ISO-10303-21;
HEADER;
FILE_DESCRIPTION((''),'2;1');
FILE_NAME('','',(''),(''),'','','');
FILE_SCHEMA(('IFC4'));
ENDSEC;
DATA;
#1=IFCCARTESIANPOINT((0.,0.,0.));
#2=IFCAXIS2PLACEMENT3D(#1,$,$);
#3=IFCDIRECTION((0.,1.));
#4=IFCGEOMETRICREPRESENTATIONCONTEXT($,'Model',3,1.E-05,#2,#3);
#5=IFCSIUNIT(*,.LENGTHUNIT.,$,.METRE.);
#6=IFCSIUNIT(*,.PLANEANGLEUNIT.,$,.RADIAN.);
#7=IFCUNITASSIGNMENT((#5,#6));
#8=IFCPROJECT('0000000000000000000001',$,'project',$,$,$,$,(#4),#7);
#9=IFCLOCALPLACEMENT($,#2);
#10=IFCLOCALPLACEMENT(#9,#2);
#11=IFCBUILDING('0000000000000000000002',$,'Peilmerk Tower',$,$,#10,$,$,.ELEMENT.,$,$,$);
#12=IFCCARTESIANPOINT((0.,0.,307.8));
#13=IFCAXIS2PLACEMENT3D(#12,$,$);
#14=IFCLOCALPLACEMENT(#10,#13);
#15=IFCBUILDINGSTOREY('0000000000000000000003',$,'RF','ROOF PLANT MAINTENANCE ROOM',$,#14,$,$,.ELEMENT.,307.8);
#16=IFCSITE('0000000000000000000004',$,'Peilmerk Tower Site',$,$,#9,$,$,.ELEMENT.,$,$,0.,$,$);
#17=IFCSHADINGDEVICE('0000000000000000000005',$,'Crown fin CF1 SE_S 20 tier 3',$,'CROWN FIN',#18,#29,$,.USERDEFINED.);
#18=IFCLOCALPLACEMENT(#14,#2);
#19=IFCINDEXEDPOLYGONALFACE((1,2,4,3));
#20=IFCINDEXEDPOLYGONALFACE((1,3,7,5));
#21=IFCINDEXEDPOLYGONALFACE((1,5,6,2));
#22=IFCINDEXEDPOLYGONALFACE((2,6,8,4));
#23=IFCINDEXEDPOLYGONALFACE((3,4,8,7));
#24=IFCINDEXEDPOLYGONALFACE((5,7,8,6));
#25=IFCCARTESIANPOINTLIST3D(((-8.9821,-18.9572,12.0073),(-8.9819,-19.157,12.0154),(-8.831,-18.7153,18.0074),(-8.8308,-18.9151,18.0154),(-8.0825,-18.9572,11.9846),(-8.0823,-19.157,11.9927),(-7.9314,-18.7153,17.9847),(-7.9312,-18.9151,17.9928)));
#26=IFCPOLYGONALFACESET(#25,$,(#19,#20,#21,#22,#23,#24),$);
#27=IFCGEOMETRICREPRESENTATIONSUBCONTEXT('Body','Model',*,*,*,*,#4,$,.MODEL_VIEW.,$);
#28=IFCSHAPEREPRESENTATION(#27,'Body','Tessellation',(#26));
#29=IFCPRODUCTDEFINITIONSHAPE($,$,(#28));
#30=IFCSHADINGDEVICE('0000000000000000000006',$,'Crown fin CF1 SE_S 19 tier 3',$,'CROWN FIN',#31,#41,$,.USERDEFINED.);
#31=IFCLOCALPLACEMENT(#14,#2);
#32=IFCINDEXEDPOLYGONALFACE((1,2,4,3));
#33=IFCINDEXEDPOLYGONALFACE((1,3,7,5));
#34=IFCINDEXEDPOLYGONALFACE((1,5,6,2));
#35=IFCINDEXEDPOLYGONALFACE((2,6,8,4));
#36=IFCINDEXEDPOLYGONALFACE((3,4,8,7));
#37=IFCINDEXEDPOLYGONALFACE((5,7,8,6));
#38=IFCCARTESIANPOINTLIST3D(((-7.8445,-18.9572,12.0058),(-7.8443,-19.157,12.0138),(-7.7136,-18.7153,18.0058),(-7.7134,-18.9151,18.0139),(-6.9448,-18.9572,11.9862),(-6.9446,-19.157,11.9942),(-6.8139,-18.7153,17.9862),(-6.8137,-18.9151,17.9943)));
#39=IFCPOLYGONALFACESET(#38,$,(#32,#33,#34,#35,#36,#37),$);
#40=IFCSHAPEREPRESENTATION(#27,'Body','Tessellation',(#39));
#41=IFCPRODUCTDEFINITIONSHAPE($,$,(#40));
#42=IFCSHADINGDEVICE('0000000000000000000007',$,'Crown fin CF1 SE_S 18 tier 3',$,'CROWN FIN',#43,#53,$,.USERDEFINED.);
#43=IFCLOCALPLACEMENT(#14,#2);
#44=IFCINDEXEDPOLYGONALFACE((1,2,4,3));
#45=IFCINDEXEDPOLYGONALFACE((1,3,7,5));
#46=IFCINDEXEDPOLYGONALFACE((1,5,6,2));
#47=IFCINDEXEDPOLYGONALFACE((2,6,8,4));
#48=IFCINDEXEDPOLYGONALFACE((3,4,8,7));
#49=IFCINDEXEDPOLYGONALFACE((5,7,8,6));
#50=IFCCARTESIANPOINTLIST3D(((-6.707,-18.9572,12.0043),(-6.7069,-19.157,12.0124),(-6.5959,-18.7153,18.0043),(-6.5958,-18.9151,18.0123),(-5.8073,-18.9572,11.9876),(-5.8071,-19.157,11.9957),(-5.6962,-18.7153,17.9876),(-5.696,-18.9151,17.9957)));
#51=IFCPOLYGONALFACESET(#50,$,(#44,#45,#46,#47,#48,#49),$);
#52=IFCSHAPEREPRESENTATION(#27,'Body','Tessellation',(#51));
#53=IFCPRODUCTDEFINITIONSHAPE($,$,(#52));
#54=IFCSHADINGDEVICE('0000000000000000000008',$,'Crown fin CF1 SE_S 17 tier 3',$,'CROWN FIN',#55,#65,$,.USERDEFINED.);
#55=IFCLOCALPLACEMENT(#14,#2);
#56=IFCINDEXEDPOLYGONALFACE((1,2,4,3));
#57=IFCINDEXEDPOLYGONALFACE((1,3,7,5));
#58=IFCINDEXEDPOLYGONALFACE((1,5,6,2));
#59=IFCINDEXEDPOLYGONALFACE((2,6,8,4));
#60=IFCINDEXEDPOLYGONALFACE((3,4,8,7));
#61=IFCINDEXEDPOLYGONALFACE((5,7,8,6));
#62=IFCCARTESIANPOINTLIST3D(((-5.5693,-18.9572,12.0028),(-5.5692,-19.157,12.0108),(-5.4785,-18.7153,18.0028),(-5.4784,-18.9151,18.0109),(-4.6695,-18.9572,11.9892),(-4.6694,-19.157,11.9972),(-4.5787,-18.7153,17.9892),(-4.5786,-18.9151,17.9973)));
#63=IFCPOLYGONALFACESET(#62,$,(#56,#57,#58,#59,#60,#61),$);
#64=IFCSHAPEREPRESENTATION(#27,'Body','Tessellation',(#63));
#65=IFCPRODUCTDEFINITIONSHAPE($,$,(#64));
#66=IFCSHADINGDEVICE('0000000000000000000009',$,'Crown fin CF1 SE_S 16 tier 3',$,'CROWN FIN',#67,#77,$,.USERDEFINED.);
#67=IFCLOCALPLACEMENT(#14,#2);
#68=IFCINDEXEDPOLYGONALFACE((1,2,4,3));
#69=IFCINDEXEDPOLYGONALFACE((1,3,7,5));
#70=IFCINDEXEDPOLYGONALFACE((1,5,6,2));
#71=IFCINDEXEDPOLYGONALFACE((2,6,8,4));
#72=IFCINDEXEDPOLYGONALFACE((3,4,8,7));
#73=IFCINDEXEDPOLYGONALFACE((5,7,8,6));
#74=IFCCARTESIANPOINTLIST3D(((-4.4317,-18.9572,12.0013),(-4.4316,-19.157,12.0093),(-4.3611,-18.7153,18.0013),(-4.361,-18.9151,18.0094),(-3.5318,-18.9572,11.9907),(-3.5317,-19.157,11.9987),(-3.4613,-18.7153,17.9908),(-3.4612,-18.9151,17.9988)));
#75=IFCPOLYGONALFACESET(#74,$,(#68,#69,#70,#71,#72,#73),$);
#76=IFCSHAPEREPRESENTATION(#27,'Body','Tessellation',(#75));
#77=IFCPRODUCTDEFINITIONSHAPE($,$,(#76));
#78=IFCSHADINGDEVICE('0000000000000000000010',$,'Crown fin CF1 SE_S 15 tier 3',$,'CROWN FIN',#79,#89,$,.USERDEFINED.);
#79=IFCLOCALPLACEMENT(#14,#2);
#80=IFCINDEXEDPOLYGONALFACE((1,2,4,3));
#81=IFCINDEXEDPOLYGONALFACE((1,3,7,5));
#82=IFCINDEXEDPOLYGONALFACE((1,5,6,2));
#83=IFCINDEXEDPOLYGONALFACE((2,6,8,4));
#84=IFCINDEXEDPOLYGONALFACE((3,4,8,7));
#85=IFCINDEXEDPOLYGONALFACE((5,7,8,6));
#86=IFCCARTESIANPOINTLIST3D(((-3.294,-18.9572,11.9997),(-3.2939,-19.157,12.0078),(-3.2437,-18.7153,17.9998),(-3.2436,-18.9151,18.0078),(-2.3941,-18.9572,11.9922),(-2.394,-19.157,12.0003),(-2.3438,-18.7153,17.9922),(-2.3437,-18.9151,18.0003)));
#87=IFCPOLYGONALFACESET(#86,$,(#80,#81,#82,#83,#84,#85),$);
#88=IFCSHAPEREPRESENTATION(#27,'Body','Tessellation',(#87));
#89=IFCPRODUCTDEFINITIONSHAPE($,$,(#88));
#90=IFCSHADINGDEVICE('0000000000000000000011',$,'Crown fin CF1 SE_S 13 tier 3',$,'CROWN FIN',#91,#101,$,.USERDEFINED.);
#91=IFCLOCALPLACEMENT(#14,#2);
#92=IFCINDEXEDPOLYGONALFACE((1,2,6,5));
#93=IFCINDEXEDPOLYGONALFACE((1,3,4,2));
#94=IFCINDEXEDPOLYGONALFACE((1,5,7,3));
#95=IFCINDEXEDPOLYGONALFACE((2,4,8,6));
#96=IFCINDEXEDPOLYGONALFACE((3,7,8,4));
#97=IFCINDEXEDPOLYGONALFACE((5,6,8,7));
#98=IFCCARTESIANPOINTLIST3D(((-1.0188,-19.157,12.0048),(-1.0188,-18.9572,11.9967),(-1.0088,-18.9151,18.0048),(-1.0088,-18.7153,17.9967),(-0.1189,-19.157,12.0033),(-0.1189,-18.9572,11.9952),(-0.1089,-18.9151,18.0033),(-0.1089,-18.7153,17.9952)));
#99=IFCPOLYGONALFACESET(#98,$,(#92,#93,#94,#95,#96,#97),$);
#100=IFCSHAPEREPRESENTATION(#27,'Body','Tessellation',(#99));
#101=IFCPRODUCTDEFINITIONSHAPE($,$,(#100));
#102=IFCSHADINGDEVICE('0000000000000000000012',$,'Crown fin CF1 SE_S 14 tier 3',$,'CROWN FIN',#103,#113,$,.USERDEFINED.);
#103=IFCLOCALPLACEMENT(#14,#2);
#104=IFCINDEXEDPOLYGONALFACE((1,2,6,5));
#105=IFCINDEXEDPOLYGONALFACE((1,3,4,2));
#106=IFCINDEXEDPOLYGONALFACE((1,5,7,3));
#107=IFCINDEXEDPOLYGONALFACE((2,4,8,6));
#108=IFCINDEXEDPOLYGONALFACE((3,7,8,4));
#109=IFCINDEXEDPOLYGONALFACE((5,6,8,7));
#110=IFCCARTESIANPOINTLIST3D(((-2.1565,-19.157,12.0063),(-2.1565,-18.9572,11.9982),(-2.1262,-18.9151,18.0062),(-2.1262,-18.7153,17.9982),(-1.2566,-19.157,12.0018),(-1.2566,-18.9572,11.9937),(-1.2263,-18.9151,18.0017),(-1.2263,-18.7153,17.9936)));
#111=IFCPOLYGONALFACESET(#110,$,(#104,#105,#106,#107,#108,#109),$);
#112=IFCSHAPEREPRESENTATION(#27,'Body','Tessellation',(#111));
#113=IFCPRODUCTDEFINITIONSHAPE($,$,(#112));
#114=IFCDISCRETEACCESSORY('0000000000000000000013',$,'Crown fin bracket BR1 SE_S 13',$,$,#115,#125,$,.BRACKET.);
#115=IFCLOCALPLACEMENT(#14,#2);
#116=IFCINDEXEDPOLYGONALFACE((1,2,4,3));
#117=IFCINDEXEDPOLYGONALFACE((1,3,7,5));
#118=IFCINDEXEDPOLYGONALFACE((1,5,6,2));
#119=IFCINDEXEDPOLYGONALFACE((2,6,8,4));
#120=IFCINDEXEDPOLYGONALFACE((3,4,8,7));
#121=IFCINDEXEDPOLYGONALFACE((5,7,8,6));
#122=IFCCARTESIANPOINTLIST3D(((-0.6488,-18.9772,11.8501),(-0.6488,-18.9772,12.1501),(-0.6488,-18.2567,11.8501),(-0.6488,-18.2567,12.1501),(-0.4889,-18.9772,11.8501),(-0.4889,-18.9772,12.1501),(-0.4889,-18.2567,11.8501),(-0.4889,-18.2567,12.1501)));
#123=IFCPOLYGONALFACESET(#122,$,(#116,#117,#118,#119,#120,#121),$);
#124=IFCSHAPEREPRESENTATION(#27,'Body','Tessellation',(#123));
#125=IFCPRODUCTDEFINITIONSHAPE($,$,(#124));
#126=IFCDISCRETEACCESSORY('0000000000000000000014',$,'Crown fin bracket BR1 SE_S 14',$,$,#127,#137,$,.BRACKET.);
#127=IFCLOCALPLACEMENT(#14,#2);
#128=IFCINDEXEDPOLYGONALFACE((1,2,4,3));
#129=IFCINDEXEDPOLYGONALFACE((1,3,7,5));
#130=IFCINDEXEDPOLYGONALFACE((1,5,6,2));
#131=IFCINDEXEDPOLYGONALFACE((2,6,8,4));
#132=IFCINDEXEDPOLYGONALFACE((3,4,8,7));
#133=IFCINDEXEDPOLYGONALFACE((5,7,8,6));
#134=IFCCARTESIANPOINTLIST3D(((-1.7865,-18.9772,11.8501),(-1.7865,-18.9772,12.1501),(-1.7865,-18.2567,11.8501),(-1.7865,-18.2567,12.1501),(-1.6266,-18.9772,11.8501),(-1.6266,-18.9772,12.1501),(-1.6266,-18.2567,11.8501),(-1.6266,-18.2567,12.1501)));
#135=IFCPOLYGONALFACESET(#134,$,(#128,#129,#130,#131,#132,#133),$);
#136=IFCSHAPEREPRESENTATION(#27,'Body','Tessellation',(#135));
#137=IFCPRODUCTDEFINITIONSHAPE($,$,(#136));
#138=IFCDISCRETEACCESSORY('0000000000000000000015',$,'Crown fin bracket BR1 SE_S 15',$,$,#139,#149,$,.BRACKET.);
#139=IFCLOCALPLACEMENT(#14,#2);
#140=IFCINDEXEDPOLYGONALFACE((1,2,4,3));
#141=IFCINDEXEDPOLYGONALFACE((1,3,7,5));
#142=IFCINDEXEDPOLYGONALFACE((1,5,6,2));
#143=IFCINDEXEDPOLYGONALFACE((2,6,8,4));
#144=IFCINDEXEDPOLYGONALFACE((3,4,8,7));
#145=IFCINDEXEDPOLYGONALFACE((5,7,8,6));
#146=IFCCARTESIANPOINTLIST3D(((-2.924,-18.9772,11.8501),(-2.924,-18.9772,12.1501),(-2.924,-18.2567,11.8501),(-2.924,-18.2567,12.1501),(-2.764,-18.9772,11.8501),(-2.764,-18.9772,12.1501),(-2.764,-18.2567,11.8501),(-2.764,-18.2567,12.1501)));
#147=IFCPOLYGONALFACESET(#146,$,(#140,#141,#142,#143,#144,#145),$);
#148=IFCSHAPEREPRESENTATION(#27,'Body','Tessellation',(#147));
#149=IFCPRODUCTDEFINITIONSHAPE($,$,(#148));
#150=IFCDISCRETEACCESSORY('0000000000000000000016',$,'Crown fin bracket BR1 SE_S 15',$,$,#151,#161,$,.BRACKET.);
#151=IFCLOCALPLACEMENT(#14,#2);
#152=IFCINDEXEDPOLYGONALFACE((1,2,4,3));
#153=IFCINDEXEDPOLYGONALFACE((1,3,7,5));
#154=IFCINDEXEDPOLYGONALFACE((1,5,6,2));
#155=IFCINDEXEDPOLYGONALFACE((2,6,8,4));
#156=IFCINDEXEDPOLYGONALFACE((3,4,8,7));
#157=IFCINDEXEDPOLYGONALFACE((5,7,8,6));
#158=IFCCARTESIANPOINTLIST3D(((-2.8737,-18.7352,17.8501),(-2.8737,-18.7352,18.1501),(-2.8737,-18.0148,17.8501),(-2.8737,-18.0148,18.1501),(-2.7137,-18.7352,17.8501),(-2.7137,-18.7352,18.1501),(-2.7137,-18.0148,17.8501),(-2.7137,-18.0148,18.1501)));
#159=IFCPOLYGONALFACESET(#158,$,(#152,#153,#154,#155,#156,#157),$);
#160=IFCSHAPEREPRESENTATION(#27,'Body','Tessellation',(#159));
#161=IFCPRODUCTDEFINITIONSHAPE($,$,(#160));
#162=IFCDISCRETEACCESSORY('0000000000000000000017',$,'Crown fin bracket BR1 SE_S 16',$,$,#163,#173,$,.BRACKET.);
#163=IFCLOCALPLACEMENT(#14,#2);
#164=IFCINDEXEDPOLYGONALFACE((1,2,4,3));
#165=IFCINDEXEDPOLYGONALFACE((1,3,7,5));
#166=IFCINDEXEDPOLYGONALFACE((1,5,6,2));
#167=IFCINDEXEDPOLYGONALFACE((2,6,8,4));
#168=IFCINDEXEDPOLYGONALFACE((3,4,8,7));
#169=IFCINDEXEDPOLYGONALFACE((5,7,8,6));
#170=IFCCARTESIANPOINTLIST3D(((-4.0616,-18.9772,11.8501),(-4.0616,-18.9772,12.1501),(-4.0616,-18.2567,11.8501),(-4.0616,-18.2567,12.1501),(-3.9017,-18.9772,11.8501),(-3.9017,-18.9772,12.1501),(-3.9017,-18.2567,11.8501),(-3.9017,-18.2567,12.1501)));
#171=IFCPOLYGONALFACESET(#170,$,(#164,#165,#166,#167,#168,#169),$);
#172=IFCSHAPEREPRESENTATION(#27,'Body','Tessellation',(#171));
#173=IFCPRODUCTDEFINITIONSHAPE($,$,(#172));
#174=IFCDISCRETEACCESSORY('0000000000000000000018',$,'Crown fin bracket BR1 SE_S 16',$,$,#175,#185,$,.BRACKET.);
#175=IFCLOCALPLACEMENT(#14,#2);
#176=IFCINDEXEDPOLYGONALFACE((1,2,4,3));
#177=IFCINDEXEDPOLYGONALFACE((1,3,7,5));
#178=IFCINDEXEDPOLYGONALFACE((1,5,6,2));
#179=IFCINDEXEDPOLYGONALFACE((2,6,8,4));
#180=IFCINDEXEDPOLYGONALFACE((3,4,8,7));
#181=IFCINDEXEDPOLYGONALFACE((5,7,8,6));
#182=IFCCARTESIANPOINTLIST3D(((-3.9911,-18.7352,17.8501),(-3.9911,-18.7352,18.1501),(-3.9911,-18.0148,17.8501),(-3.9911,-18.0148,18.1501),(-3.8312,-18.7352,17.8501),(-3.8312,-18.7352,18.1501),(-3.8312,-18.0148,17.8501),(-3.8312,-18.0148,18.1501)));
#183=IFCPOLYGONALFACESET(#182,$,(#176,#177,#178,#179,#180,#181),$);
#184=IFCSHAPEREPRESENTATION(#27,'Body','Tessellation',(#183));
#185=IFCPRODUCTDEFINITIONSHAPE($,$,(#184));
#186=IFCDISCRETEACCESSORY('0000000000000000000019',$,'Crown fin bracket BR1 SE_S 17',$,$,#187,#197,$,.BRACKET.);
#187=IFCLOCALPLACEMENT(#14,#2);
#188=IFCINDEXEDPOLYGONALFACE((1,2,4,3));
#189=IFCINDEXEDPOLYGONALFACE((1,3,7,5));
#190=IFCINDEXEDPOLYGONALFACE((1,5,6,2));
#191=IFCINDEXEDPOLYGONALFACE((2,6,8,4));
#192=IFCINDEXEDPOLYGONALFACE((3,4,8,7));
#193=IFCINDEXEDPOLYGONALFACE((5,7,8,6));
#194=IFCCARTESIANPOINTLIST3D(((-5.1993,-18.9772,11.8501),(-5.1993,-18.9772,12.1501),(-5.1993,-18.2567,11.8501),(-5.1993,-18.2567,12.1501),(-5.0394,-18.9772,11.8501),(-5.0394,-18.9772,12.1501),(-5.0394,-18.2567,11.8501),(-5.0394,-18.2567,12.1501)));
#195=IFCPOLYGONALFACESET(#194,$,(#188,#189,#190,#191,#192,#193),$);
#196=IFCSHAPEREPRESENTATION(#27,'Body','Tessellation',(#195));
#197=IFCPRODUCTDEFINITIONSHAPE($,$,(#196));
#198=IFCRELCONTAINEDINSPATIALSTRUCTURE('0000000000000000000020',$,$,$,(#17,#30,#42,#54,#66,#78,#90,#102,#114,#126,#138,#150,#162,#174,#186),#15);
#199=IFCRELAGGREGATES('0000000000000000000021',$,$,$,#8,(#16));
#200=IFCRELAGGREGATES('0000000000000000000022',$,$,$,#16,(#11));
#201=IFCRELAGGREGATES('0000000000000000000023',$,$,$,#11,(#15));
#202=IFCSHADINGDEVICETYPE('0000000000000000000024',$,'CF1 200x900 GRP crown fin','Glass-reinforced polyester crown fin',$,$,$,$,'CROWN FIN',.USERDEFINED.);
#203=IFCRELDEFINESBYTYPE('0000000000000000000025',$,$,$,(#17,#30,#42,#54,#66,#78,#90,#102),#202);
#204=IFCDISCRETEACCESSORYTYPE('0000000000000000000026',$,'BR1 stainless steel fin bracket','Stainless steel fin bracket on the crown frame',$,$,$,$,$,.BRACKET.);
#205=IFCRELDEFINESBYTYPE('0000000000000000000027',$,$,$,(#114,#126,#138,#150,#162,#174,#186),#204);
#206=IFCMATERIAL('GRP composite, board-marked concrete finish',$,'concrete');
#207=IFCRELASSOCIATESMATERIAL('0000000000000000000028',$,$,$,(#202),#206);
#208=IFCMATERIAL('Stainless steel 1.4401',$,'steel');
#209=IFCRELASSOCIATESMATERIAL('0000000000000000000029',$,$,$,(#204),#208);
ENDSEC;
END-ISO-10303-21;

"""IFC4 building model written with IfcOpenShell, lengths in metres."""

from ifc_helpers import new_model, si_unit, direction, frame, origin, origin_2d, place, context, subcontext, project, spatial, rectangle, extrude, source, transform, mapped, material, material_profile, profile_set, type_object, element, save


model = new_model("IFC4")

# Units and contexts
model_context = context("Model", 3, precision=1e-05, world=origin(), true_north=direction((0.0, 1.0)))
body_context = subcontext(model_context, "Body", "Model", "MODEL_VIEW")
ifc_project = project(units=[si_unit("LENGTHUNIT", "METRE"), si_unit("PLANEANGLEUNIT", "RADIAN")], contexts=[model_context])

# Site, building, storey
site_placement = place(None, origin())
site = spatial("IfcSite", under=ifc_project, at=site_placement, Name="Peilmerk Tower Site", CompositionType="ELEMENT", RefElevation=0.0)
building_placement = place(site_placement, origin())
building = spatial("IfcBuilding", under=site, at=building_placement, Name="Peilmerk Tower", CompositionType="ELEMENT")
storey_placement = place(building_placement, frame((0.0, 0.0, 307.8)))
storey = spatial("IfcBuildingStorey", under=building, at=storey_placement, Name="RF", Description="ROOF PLANT MAINTENANCE ROOM", CompositionType="ELEMENT", Elevation=307.8)

# Shading devices
ifc_material_1 = material(Name="GRP composite, board-marked concrete finish", Category="concrete")
ifc_material_profile = material_profile(ifc_material_1, rectangle(XDim=0.2, YDim=0.8999, at=origin_2d()), Name="CF1 200x900")
ifc_profile_set = profile_set([ifc_material_profile], Name="GRP composite, board-marked concrete finish")
shading_device_type = type_object("IfcShadingDeviceType", Name="CF1 200x900 GRP crown fin", Description="Glass-reinforced polyester crown fin", ElementType="CROWN FIN", PredefinedType="USERDEFINED", material=ifc_profile_set)
shared_shape_1 = source(origin(), body_context, "Body", "SweptSolid", [
    extrude(rectangle(XDim=0.2, YDim=0.8999, at=origin_2d()), origin(), (0.0, 0.0, 1.0), 6.0068),
])
shading_device_1_placement = place(storey_placement, frame((-8.5322, -19.0571, 12.0), z_axis=(0.025159, 0.040278, 0.998872), x_axis=(0.001014, -0.999188, 0.040266)))
element("IfcShadingDevice", 1, at=shading_device_1_placement, inside=storey, type_object=shading_device_type, Name="Crown fin CF1 SE_S 20 tier 3", ObjectType="CROWN FIN", PredefinedType="USERDEFINED", context=body_context, shape_type="MappedRepresentation", body=[
    mapped(shared_shape_1, transform((0.0, 0.0, 0.0), scale=1.0)),
])
shared_shape_2 = source(origin(), body_context, "Body", "SweptSolid", [
    extrude(rectangle(XDim=0.2, YDim=0.8999, at=origin_2d()), origin(), (0.0, 0.0, 1.0), 6.0063),
])
shading_device_2_placement = place(storey_placement, frame((-7.3945, -19.0571, 12.0), z_axis=(0.021787, 0.040282, 0.998951), x_axis=(0.000878, -0.999188, 0.040272)))
element("IfcShadingDevice", 2, at=shading_device_2_placement, inside=storey, type_object=shading_device_type, Name="Crown fin CF1 SE_S 19 tier 3", ObjectType="CROWN FIN", PredefinedType="USERDEFINED", context=body_context, shape_type="MappedRepresentation", body=[
    mapped(shared_shape_2, transform((0.0, 0.0, 0.0), scale=1.0)),
])
shared_shape_3 = source(origin(), body_context, "Body", "SweptSolid", [
    extrude(rectangle(XDim=0.2, YDim=0.8999, at=origin_2d()), origin(), (0.0, 0.0, 1.0), 6.0059),
])
shading_device_3_placement = place(storey_placement, frame((-6.2571, -19.0571, 12.0), z_axis=(0.018496, 0.040284, 0.999017), x_axis=(0.000746, -0.999188, 0.040277)))
element("IfcShadingDevice", 3, at=shading_device_3_placement, inside=storey, type_object=shading_device_type, Name="Crown fin CF1 SE_S 18 tier 3", ObjectType="CROWN FIN", PredefinedType="USERDEFINED", context=body_context, shape_type="MappedRepresentation", body=[
    mapped(shared_shape_3, transform((0.0, 0.0, 0.0), scale=1.0)),
])
shared_shape_4 = source(origin(), body_context, "Body", "SweptSolid", [
    extrude(rectangle(XDim=0.2, YDim=0.8999, at=origin_2d()), origin(), (0.0, 0.0, 1.0), 6.0056),
])
shading_device_4_placement = place(storey_placement, frame((-5.1194, -19.0571, 12.0), z_axis=(0.015123, 0.040287, 0.999074), x_axis=(0.00061, -0.999188, 0.040282)))
element("IfcShadingDevice", 4, at=shading_device_4_placement, inside=storey, type_object=shading_device_type, Name="Crown fin CF1 SE_S 17 tier 3", ObjectType="CROWN FIN", PredefinedType="USERDEFINED", context=body_context, shape_type="MappedRepresentation", body=[
    mapped(shared_shape_4, transform((0.0, 0.0, 0.0), scale=1.0)),
])
shared_shape_5 = source(origin(), body_context, "Body", "SweptSolid", [
    extrude(rectangle(XDim=0.2, YDim=0.8999, at=origin_2d()), origin(), (0.0, 0.0, 1.0), 6.0054),
])
shading_device_5_placement = place(storey_placement, frame((-3.9817, -19.0571, 12.0), z_axis=(0.011749, 0.040288, 0.999119), x_axis=(0.000474, -0.999188, 0.040286)))
element("IfcShadingDevice", 5, at=shading_device_5_placement, inside=storey, type_object=shading_device_type, Name="Crown fin CF1 SE_S 16 tier 3", ObjectType="CROWN FIN", PredefinedType="USERDEFINED", context=body_context, shape_type="MappedRepresentation", body=[
    mapped(shared_shape_5, transform((0.0, 0.0, 0.0), scale=1.0)),
])
shared_shape_6 = source(origin(), body_context, "Body", "SweptSolid", [
    extrude(rectangle(XDim=0.2, YDim=0.8999, at=origin_2d()), origin(), (0.0, 0.0, 1.0), 6.0051),
])
shading_device_6_placement = place(storey_placement, frame((-2.844, -19.0571, 12.0), z_axis=(0.008375, 0.04029, 0.999153), x_axis=(0.000338, -0.999188, 0.040288)))
element("IfcShadingDevice", 6, at=shading_device_6_placement, inside=storey, type_object=shading_device_type, Name="Crown fin CF1 SE_S 15 tier 3", ObjectType="CROWN FIN", PredefinedType="USERDEFINED", context=body_context, shape_type="MappedRepresentation", body=[
    mapped(shared_shape_6, transform((0.0, 0.0, 0.0), scale=1.0)),
])
shared_shape_7 = source(origin(), body_context, "Body", "SweptSolid", [
    extrude(rectangle(XDim=0.2, YDim=0.8999, at=origin_2d()), origin(), (0.0, 0.0, 1.0), 6.0049),
])
for number, where, z_axis, x_axis, name in (
    (7, (-0.5688, -19.0571, 12.0), (0.001667, 0.040291, 0.999187), (0.000067, -0.999188, 0.040291), "Crown fin CF1 SE_S 13 tier 3"),
    (8, (-1.7065, -19.0571, 12.0), (0.005041, 0.040291, 0.999175), (0.000203, -0.999188, 0.04029), "Crown fin CF1 SE_S 14 tier 3"),
):
    element("IfcShadingDevice", number, at=place(storey_placement, frame(where, z_axis=z_axis, x_axis=x_axis)), inside=storey, type_object=shading_device_type, Name=name, ObjectType="CROWN FIN", PredefinedType="USERDEFINED", context=body_context, shape_type="MappedRepresentation", body=[
        mapped(shared_shape_7, transform((0.0, 0.0, 0.0), scale=1.0)),
    ])

# Discrete accessories
ifc_material_2 = material(Name="Stainless steel 1.4401", Category="steel")
discrete_accessory_type = type_object("IfcDiscreteAccessoryType", Name="BR1 stainless steel fin bracket", Description="Stainless steel fin bracket on the crown frame", PredefinedType="BRACKET", material=ifc_material_2)
shared_shape_8 = source(origin(), body_context, "Body", "SweptSolid", [
    extrude(rectangle(XDim=0.7205, YDim=0.1599, at=origin_2d()), origin(), (0.0, 0.0, 1.0), 0.3),
])
for number, where, z_axis, x_axis, name in (
    (9, (-0.5688, -18.6169, 11.8501), (0.0, 0.0, 1.0), (0.0, -1.0, 0.0), "Crown fin bracket BR1 SE_S 13"),
    (10, (-1.7065, -18.6169, 11.8501), (0.0, 0.0, 1.0), (0.0, -1.0, 0.0), "Crown fin bracket BR1 SE_S 14"),
    (11, (-2.844, -18.6169, 11.8501), (0.0, 0.0, 1.0), (0.0, -1.0, 0.0), "Crown fin bracket BR1 SE_S 15"),
    (12, (-2.7937, -18.375, 17.8501), (0.0, 0.0, 1.0), (0.0, -1.0, 0.0), "Crown fin bracket BR1 SE_S 15"),
    (13, (-3.9817, -18.6169, 11.8501), (0.0, 0.0, 1.0), (0.0, -1.0, 0.0), "Crown fin bracket BR1 SE_S 16"),
    (14, (-3.9111, -18.375, 17.8501), (0.0, 0.0, 1.0), (0.0, -1.0, 0.0), "Crown fin bracket BR1 SE_S 16"),
    (15, (-5.1194, -18.6169, 11.8501), (0.0, 0.0, 1.0), (0.0, -1.0, 0.0), "Crown fin bracket BR1 SE_S 17"),
):
    element("IfcDiscreteAccessory", number, at=place(storey_placement, frame(where, z_axis=z_axis, x_axis=x_axis)), inside=storey, type_object=discrete_accessory_type, Name=name, PredefinedType="BRACKET", context=body_context, shape_type="MappedRepresentation", body=[
        mapped(shared_shape_8, transform((0.0, 0.0, 0.0), scale=1.0)),
    ])

save(model, "model.ifc")
